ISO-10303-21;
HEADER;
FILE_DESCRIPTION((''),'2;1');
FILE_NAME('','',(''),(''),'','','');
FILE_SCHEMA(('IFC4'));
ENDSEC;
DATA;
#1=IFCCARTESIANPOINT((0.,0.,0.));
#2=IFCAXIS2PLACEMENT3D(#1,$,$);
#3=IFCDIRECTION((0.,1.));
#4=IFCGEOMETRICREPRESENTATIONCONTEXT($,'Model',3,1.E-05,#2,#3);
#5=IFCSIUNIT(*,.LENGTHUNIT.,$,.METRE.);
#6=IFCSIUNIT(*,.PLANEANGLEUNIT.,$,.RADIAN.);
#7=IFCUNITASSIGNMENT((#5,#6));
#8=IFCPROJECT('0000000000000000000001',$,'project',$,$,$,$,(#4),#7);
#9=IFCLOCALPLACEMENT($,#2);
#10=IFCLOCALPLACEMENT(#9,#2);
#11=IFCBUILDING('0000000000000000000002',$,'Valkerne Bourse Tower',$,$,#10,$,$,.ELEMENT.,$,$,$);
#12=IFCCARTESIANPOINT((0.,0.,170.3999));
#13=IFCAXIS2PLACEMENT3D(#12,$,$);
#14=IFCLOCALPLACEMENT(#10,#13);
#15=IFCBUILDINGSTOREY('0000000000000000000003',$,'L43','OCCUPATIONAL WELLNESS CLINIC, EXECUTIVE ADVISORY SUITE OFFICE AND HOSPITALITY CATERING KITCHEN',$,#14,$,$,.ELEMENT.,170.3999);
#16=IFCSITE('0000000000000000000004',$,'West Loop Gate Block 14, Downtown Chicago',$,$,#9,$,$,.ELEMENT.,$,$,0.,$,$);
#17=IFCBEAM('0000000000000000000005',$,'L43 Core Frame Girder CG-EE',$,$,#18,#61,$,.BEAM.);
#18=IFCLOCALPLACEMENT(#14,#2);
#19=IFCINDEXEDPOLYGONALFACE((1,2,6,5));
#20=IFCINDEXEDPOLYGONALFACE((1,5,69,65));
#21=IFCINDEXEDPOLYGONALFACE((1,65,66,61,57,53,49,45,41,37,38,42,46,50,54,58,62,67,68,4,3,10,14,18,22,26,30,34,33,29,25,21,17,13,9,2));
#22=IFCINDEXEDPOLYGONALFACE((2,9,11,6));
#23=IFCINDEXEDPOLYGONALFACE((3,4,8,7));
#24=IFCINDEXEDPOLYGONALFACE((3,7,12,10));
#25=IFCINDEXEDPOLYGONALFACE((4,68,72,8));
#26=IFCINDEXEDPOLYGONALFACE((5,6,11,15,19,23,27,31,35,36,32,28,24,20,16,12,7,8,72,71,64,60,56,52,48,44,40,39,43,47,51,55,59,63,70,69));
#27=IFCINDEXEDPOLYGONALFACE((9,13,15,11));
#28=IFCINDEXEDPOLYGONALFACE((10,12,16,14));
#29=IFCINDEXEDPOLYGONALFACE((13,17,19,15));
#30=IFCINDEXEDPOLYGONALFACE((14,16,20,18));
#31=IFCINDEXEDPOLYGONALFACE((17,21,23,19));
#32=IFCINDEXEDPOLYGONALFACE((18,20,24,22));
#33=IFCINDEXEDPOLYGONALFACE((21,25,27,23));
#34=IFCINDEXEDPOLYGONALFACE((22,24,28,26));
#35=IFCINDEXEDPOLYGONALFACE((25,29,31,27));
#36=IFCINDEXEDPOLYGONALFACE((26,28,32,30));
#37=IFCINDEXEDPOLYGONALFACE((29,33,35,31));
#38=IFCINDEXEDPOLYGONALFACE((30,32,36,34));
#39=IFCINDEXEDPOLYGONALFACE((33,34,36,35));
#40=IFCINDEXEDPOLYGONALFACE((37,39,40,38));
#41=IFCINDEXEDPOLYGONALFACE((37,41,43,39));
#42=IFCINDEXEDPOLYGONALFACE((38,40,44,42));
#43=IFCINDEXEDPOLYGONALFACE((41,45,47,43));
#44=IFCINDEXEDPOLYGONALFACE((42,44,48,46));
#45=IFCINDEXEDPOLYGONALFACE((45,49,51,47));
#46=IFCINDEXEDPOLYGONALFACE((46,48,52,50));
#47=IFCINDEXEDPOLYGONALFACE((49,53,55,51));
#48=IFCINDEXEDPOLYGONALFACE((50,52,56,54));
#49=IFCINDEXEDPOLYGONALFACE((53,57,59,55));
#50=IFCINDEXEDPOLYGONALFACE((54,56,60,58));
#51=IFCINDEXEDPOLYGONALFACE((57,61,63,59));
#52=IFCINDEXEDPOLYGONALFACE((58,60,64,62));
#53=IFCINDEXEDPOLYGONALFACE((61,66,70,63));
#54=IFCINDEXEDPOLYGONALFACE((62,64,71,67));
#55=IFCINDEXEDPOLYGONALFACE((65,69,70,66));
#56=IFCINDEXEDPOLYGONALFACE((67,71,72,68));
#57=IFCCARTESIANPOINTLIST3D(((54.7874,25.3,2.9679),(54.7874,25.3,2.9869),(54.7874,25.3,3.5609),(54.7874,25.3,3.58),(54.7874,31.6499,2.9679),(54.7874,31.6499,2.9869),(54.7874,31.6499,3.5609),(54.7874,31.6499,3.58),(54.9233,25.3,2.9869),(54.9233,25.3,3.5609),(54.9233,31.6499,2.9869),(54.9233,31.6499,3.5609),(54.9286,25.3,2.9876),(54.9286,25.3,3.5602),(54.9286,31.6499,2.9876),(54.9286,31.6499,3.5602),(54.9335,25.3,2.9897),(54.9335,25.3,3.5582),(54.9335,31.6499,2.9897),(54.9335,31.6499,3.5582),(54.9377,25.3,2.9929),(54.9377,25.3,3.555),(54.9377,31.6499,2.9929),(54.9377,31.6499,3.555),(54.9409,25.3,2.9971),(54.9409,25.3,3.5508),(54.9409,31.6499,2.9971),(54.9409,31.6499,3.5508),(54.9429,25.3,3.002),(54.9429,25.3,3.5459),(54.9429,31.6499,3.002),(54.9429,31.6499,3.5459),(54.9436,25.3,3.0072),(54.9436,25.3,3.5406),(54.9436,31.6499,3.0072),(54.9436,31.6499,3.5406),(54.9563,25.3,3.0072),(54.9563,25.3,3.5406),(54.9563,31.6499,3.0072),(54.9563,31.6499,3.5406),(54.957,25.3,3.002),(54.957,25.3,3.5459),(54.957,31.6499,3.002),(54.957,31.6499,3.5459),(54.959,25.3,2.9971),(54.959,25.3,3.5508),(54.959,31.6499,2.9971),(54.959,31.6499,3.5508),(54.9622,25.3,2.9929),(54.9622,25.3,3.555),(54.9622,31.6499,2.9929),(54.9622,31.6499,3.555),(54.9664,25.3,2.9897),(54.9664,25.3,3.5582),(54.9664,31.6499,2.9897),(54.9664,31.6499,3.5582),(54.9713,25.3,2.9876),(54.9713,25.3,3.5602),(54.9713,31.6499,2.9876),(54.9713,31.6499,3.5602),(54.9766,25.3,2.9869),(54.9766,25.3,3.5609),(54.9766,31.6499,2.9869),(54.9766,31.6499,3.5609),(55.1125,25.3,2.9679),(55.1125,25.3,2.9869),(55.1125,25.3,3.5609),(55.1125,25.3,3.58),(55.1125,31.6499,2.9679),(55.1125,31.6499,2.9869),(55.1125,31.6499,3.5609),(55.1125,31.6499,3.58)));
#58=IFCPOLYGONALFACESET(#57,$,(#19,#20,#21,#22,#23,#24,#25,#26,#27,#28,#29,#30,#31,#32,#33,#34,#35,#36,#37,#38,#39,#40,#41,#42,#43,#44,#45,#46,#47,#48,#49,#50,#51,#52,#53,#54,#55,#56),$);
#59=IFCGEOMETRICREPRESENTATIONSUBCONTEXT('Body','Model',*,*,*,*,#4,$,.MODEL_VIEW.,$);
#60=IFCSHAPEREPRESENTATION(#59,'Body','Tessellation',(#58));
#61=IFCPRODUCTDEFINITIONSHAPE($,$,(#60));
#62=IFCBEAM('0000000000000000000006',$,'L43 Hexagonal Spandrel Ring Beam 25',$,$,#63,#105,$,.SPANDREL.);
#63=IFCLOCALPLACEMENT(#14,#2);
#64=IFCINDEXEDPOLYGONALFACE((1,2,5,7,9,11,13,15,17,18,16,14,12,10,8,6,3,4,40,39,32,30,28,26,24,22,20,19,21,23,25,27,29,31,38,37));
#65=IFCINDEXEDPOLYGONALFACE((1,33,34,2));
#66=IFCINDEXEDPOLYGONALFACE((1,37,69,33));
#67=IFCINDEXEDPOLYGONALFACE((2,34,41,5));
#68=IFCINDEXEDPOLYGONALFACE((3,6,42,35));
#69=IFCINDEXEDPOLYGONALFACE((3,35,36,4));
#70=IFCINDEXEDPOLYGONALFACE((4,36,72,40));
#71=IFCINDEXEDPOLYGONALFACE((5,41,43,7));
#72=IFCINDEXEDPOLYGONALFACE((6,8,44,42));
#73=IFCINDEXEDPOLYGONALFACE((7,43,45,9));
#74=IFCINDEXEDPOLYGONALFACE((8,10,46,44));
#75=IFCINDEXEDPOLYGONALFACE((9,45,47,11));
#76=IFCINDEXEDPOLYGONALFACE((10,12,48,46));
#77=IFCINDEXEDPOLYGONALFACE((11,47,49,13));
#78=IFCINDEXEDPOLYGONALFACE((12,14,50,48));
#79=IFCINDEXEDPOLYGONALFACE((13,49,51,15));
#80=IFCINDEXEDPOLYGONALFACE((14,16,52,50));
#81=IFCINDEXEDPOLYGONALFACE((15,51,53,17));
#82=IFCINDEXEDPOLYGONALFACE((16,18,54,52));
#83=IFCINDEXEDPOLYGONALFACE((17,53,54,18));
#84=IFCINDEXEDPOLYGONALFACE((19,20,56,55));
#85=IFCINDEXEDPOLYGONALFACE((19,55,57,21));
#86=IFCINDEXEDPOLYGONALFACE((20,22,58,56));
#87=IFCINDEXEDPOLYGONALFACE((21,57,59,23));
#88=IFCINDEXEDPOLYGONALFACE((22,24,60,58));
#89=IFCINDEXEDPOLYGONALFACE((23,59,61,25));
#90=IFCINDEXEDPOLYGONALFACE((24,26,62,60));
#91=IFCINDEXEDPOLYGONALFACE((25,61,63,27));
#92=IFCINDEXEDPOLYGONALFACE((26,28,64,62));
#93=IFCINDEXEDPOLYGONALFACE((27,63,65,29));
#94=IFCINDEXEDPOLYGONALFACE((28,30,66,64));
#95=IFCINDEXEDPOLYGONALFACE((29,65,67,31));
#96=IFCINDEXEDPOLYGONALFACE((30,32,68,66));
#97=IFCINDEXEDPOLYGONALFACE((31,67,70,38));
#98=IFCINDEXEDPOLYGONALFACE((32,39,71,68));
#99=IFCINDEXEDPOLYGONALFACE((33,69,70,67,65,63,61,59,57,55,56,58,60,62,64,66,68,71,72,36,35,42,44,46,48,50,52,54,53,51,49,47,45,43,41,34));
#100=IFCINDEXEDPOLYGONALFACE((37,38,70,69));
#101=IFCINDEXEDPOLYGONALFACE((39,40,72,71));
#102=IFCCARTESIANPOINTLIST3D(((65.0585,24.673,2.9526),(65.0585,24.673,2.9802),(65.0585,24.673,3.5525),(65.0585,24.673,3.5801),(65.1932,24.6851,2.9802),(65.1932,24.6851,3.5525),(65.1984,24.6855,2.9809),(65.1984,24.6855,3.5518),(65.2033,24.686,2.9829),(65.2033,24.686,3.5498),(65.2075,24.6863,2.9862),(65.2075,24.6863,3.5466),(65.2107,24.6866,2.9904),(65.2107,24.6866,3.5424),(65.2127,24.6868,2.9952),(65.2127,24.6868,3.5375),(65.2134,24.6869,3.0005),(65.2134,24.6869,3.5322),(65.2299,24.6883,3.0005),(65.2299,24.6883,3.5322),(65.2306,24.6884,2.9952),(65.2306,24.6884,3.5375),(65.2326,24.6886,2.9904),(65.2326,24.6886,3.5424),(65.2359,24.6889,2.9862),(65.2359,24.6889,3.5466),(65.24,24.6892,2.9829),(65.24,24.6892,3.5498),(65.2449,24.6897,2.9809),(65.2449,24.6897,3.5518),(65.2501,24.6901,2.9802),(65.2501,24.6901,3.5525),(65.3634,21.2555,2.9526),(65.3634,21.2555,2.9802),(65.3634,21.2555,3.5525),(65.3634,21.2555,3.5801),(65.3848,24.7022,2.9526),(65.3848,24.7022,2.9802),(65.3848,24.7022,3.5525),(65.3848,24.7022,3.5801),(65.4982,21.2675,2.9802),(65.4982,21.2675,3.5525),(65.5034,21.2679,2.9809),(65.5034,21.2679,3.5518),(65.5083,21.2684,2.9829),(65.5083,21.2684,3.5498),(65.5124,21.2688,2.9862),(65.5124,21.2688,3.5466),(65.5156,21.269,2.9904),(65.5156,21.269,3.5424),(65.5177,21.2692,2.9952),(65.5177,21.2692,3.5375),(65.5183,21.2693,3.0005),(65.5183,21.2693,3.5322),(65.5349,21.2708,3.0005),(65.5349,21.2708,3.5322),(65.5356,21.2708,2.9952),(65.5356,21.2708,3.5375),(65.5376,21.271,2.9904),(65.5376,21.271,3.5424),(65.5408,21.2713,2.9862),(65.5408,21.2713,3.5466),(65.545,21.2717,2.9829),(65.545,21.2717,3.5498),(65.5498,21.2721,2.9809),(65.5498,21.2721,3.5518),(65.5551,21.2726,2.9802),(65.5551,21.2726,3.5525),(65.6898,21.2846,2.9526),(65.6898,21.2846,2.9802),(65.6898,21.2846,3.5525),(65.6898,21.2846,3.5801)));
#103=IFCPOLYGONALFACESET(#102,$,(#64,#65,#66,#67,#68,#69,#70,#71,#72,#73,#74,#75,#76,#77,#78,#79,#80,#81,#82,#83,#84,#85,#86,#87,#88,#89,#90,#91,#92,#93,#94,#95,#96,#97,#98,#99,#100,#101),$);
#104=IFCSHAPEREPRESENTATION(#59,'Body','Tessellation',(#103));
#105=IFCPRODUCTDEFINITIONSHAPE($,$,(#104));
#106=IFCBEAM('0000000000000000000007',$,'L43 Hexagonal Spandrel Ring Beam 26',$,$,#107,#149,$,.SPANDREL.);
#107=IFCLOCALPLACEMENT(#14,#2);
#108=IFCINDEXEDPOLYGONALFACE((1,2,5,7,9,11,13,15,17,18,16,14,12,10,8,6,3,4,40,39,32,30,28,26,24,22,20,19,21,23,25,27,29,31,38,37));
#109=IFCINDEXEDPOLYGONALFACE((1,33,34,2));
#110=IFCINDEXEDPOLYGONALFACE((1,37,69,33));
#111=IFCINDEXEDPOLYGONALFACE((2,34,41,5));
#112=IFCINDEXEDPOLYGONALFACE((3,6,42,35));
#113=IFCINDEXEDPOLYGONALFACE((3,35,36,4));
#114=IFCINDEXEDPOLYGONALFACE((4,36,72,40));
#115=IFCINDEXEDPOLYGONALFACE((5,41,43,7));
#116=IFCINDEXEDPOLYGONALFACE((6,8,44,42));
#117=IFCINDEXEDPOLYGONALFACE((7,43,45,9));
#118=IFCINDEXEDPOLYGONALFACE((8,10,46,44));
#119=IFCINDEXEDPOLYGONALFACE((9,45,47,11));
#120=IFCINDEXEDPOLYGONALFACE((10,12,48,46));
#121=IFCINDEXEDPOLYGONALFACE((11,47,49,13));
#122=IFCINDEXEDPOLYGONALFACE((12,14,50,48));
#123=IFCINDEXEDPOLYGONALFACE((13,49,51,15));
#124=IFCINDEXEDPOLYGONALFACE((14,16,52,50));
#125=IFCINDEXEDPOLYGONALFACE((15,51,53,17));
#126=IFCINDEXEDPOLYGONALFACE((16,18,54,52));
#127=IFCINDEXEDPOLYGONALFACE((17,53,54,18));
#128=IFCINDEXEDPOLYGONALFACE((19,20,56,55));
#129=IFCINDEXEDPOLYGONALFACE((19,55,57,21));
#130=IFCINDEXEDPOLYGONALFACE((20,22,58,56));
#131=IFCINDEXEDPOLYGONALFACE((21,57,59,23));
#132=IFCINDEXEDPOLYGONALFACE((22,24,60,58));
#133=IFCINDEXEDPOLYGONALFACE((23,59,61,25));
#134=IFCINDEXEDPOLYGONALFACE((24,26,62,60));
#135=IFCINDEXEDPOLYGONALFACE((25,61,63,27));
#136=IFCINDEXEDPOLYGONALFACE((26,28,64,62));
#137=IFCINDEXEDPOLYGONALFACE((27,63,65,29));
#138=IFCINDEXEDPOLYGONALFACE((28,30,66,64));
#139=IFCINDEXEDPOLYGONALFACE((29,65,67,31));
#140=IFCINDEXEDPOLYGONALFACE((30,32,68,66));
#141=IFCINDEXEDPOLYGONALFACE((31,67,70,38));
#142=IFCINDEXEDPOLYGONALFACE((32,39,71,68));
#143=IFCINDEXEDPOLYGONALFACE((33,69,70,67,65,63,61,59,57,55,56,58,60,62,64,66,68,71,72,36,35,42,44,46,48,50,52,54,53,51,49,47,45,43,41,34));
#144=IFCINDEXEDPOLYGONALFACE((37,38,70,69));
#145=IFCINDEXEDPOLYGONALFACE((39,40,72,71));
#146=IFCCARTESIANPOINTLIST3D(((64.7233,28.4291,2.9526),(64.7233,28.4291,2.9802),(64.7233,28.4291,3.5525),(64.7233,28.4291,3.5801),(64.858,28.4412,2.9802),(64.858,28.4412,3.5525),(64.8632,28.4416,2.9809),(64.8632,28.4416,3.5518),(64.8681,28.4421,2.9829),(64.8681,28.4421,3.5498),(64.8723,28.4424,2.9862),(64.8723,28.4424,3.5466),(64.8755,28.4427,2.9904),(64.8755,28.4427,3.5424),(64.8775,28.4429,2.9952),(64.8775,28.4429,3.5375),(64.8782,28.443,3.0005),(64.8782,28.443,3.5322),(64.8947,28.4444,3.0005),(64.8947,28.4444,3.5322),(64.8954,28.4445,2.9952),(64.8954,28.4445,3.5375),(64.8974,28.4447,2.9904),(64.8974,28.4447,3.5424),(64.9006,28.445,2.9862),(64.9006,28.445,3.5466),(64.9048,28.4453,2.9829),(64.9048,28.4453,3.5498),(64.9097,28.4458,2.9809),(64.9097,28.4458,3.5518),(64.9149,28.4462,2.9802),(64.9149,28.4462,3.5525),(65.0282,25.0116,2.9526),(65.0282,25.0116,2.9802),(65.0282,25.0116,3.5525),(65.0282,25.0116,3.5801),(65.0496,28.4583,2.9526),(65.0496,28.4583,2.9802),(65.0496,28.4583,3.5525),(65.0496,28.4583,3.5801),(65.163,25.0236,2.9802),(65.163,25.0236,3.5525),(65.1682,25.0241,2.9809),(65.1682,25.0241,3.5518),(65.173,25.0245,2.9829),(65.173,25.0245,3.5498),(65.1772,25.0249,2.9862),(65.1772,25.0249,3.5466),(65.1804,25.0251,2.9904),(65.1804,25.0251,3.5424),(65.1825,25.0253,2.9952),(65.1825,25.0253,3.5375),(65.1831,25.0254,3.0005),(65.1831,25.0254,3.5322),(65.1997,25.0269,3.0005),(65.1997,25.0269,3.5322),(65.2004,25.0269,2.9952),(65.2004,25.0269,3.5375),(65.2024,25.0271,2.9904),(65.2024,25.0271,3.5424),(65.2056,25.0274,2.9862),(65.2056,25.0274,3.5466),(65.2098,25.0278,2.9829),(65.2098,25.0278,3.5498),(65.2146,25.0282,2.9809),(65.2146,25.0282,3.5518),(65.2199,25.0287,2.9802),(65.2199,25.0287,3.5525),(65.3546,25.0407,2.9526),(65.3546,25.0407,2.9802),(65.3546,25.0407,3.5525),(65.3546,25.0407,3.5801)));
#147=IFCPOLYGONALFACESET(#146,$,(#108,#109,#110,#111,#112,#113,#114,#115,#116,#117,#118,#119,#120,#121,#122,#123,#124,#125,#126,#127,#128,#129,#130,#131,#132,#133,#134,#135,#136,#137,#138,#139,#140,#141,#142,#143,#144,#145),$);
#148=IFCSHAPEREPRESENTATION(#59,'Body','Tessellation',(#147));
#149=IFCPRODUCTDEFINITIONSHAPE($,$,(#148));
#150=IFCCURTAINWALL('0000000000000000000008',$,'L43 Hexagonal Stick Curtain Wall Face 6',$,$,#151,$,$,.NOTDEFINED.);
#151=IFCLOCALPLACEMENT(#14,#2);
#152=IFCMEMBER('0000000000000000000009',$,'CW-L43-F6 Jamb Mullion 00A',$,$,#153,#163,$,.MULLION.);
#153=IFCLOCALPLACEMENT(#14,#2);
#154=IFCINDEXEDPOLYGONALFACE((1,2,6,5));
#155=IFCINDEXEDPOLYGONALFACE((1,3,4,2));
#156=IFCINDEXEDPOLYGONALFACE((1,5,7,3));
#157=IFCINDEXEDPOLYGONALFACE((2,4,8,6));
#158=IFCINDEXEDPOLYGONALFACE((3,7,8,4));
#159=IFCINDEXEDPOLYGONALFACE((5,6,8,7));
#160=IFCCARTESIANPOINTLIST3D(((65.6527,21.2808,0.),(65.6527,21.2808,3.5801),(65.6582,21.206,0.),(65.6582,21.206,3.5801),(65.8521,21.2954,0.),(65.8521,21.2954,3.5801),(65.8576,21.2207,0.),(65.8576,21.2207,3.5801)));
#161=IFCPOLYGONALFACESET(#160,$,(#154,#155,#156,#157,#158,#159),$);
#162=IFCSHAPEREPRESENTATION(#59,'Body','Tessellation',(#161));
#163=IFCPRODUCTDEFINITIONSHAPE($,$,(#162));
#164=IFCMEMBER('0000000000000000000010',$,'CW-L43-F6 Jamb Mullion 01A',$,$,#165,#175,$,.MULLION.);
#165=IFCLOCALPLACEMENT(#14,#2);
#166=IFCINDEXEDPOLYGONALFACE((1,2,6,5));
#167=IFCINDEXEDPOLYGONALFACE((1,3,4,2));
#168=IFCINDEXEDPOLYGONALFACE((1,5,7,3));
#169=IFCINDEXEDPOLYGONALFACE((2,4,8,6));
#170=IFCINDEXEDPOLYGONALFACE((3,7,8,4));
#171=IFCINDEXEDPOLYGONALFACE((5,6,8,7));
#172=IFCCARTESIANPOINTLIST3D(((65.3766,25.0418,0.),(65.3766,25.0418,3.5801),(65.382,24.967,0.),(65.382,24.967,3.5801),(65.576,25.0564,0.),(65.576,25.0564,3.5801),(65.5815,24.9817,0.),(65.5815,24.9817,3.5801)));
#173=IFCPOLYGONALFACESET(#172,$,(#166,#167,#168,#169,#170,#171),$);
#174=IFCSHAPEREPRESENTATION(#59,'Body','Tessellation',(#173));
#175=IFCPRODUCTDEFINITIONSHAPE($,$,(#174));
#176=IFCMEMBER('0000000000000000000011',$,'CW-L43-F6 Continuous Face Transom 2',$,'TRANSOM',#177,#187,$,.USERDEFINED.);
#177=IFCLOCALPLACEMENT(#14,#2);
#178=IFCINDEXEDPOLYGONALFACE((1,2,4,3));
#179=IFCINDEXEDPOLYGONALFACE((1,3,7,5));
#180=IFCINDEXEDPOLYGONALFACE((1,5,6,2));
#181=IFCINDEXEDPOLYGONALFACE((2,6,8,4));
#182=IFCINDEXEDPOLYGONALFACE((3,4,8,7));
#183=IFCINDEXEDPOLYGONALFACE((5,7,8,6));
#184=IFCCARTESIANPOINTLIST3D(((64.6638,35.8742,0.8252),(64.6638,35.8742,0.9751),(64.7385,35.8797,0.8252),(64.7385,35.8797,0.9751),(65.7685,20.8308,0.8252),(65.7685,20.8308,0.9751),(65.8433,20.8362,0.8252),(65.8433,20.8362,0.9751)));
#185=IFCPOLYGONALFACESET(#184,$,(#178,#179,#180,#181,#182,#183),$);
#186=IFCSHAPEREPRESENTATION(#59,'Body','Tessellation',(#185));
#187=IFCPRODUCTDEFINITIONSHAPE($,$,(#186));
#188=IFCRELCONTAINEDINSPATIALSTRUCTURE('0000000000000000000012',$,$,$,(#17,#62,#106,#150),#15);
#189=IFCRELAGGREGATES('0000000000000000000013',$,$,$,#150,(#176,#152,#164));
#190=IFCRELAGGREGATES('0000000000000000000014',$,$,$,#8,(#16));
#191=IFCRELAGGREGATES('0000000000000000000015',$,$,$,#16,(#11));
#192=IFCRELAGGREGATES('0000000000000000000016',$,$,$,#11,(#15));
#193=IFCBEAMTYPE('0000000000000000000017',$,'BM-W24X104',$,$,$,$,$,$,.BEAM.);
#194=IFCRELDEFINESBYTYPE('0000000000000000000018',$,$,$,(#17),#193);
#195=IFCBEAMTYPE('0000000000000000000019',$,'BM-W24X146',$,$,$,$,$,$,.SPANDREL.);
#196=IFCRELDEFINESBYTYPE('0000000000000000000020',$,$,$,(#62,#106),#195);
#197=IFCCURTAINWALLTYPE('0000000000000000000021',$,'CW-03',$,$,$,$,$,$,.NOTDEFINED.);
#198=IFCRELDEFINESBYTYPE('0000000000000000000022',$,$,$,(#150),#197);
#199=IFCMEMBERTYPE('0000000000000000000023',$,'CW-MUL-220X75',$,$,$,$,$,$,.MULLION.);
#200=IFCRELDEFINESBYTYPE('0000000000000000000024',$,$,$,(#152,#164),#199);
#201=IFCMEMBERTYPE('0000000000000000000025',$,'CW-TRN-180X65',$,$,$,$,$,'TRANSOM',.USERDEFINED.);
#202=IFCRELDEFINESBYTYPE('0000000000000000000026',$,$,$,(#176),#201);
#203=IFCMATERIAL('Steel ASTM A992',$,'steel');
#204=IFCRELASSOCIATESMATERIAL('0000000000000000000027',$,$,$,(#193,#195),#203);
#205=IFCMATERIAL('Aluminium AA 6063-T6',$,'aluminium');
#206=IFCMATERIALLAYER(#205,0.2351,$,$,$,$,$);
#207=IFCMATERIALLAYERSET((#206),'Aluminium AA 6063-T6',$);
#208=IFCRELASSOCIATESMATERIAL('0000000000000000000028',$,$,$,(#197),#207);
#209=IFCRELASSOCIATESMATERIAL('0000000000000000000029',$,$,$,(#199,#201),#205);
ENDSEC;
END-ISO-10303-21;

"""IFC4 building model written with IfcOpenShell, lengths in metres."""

from ifc_helpers import new_model, si_unit, direction, frame, origin, origin_2d, place, context, subcontext, project, spatial, rectangle, i_section, extrude, material, layer, layer_set, material_profile, profile_set, type_object, element, aggregate, save


model = new_model("IFC4")

# Units and contexts
model_context = context("Model", 3, precision=1e-05, world=origin(), true_north=direction((0.0, 1.0)))
body_context = subcontext(model_context, "Body", "Model", "MODEL_VIEW")
ifc_project = project(units=[si_unit("LENGTHUNIT", "METRE"), si_unit("PLANEANGLEUNIT", "RADIAN")], contexts=[model_context])

# Site, building, storey
site_placement = place(None, origin())
site = spatial("IfcSite", under=ifc_project, at=site_placement, Name="West Loop Gate Block 14, Downtown Chicago", CompositionType="ELEMENT", RefElevation=0.0)
building_placement = place(site_placement, origin())
building = spatial("IfcBuilding", under=site, at=building_placement, Name="Valkerne Bourse Tower", CompositionType="ELEMENT")
storey_placement = place(building_placement, frame((0.0, 0.0, 170.3999)))
storey = spatial("IfcBuildingStorey", under=building, at=storey_placement, Name="L43", Description="OCCUPATIONAL WELLNESS CLINIC, EXECUTIVE ADVISORY SUITE OFFICE AND HOSPITALITY CATERING KITCHEN", CompositionType="ELEMENT", Elevation=170.3999)

# Beams
ifc_material_1 = material(Name="Steel ASTM A992", Category="steel")
ifc_material_profile_1 = material_profile(ifc_material_1, i_section(OverallWidth=0.3252, OverallDepth=0.6121, WebThickness=0.0127, FlangeThickness=0.019, FilletRadius=0.0203, at=origin_2d()), Name="W24X104")
ifc_profile_set_1 = profile_set([ifc_material_profile_1], Name="Steel ASTM A992")
beam_type_1 = type_object("IfcBeamType", Name="BM-W24X104", PredefinedType="BEAM", material=ifc_profile_set_1)
beam_1_placement = place(storey_placement, frame((54.95, 25.3, 3.2739), z_axis=(0.0, 1.0, 0.0), x_axis=(-1.0, 0.0, 0.0)))
element("IfcBeam", 1, at=beam_1_placement, inside=storey, type_object=beam_type_1, Name="L43 Core Frame Girder CG-EE", PredefinedType="BEAM", context=body_context, shape_type="SweptSolid", body=[
    extrude(i_section(OverallWidth=0.3252, OverallDepth=0.6121, WebThickness=0.0127, FlangeThickness=0.019, FilletRadius=0.0203, at=origin_2d()), origin(), (0.0, 0.0, 1.0), 6.3499),
])
ifc_material_profile_2 = material_profile(ifc_material_1, i_section(OverallWidth=0.3276, OverallDepth=0.6274, WebThickness=0.0166, FlangeThickness=0.0276, FilletRadius=0.0203, at=origin_2d()), Name="W24X146")
ifc_profile_set_2 = profile_set([ifc_material_profile_2], Name="Steel ASTM A992")
beam_type_2 = type_object("IfcBeamType", Name="BM-W24X146", PredefinedType="SPANDREL", material=ifc_profile_set_2)
for number, where, z_axis, x_axis, name in (
    (2, (65.5266, 21.27, 3.2664), (-0.088874, 0.996043, 0.0), (-0.996043, -0.088874, 0.0), "L43 Hexagonal Spandrel Ring Beam 25"),
    (3, (65.1914, 25.0261, 3.2664), (-0.088874, 0.996043, 0.0), (-0.996043, -0.088874, 0.0), "L43 Hexagonal Spandrel Ring Beam 26"),
):
    element("IfcBeam", number, at=place(storey_placement, frame(where, z_axis=z_axis, x_axis=x_axis)), inside=storey, type_object=beam_type_2, Name=name, PredefinedType="SPANDREL", context=body_context, shape_type="SweptSolid", body=[
        extrude(i_section(OverallWidth=0.3276, OverallDepth=0.6274, WebThickness=0.0166, FlangeThickness=0.0276, FilletRadius=0.0203, at=origin_2d()), origin(), (0.0, 0.0, 1.0), 3.4312),
    ])

# Curtain wall, members
ifc_material_2 = material(Name="Aluminium AA 6063-T6", Category="aluminium")
ifc_layer_1 = layer(ifc_material_2, 0.2351)
ifc_layer_set_1 = layer_set([ifc_layer_1], Name="Aluminium AA 6063-T6")
curtain_wall_type = type_object("IfcCurtainWallType", Name="CW-03", PredefinedType="NOTDEFINED", material=ifc_layer_set_1)
curtain_wall_placement = place(storey_placement, origin())
curtain_wall = element("IfcCurtainWall", 4, at=curtain_wall_placement, inside=storey, type_object=curtain_wall_type, Name="L43 Hexagonal Stick Curtain Wall Face 6", PredefinedType="NOTDEFINED")
ifc_material_profile_3 = material_profile(ifc_material_2, rectangle(XDim=0.075, YDim=0.2, at=origin_2d()), Name="CWM-75X200")
ifc_profile_set_3 = profile_set([ifc_material_profile_3], Name="Aluminium AA 6063-T6")
member_type_1 = type_object("IfcMemberType", Name="CW-MUL-220X75", PredefinedType="MULLION", material=ifc_profile_set_3)
member_1_placement = place(storey_placement, frame((65.7551, 21.2507, 0.0), z_axis=(0.0, 0.0, 1.0), x_axis=(-0.073243, 0.997314, 0.0)))
member_1 = element("IfcMember", 5, at=member_1_placement, type_object=member_type_1, Name="CW-L43-F6 Jamb Mullion 00A", PredefinedType="MULLION", context=body_context, shape_type="SweptSolid", body=[
    extrude(rectangle(XDim=0.075, YDim=0.2, at=origin_2d()), origin(), (0.0, 0.0, 1.0), 3.5801),
])
member_2_placement = place(storey_placement, frame((65.479, 25.0117, 0.0), z_axis=(0.0, 0.0, 1.0), x_axis=(-0.073243, 0.997314, 0.0)))
member_2 = element("IfcMember", 6, at=member_2_placement, type_object=member_type_1, Name="CW-L43-F6 Jamb Mullion 01A", PredefinedType="MULLION", context=body_context, shape_type="SweptSolid", body=[
    extrude(rectangle(XDim=0.075, YDim=0.2, at=origin_2d()), origin(), (0.0, 0.0, 1.0), 3.5801),
])
ifc_material_profile_4 = material_profile(ifc_material_2, rectangle(XDim=0.075, YDim=0.1499, at=origin_2d()), Name="CWT-75X150")
ifc_profile_set_4 = profile_set([ifc_material_profile_4], Name="Aluminium AA 6063-T6")
member_type_2 = type_object("IfcMemberType", Name="CW-TRN-180X65", ElementType="TRANSOM", PredefinedType="USERDEFINED", material=ifc_profile_set_4)
member_3_placement = place(storey_placement, frame((65.8059, 20.8335, 0.9001), z_axis=(-0.073239, 0.997314, 0.0), x_axis=(-0.997314, -0.073239, 0.0)))
member_3 = element("IfcMember", 7, at=member_3_placement, type_object=member_type_2, Name="CW-L43-F6 Continuous Face Transom 2", ObjectType="TRANSOM", PredefinedType="USERDEFINED", context=body_context, shape_type="SweptSolid", body=[
    extrude(rectangle(XDim=0.075, YDim=0.1499, at=origin_2d()), origin(), (0.0, 0.0, 1.0), 15.084),
])

aggregate(curtain_wall, [member_3, member_1, member_2])

save(model, "model.ifc")
